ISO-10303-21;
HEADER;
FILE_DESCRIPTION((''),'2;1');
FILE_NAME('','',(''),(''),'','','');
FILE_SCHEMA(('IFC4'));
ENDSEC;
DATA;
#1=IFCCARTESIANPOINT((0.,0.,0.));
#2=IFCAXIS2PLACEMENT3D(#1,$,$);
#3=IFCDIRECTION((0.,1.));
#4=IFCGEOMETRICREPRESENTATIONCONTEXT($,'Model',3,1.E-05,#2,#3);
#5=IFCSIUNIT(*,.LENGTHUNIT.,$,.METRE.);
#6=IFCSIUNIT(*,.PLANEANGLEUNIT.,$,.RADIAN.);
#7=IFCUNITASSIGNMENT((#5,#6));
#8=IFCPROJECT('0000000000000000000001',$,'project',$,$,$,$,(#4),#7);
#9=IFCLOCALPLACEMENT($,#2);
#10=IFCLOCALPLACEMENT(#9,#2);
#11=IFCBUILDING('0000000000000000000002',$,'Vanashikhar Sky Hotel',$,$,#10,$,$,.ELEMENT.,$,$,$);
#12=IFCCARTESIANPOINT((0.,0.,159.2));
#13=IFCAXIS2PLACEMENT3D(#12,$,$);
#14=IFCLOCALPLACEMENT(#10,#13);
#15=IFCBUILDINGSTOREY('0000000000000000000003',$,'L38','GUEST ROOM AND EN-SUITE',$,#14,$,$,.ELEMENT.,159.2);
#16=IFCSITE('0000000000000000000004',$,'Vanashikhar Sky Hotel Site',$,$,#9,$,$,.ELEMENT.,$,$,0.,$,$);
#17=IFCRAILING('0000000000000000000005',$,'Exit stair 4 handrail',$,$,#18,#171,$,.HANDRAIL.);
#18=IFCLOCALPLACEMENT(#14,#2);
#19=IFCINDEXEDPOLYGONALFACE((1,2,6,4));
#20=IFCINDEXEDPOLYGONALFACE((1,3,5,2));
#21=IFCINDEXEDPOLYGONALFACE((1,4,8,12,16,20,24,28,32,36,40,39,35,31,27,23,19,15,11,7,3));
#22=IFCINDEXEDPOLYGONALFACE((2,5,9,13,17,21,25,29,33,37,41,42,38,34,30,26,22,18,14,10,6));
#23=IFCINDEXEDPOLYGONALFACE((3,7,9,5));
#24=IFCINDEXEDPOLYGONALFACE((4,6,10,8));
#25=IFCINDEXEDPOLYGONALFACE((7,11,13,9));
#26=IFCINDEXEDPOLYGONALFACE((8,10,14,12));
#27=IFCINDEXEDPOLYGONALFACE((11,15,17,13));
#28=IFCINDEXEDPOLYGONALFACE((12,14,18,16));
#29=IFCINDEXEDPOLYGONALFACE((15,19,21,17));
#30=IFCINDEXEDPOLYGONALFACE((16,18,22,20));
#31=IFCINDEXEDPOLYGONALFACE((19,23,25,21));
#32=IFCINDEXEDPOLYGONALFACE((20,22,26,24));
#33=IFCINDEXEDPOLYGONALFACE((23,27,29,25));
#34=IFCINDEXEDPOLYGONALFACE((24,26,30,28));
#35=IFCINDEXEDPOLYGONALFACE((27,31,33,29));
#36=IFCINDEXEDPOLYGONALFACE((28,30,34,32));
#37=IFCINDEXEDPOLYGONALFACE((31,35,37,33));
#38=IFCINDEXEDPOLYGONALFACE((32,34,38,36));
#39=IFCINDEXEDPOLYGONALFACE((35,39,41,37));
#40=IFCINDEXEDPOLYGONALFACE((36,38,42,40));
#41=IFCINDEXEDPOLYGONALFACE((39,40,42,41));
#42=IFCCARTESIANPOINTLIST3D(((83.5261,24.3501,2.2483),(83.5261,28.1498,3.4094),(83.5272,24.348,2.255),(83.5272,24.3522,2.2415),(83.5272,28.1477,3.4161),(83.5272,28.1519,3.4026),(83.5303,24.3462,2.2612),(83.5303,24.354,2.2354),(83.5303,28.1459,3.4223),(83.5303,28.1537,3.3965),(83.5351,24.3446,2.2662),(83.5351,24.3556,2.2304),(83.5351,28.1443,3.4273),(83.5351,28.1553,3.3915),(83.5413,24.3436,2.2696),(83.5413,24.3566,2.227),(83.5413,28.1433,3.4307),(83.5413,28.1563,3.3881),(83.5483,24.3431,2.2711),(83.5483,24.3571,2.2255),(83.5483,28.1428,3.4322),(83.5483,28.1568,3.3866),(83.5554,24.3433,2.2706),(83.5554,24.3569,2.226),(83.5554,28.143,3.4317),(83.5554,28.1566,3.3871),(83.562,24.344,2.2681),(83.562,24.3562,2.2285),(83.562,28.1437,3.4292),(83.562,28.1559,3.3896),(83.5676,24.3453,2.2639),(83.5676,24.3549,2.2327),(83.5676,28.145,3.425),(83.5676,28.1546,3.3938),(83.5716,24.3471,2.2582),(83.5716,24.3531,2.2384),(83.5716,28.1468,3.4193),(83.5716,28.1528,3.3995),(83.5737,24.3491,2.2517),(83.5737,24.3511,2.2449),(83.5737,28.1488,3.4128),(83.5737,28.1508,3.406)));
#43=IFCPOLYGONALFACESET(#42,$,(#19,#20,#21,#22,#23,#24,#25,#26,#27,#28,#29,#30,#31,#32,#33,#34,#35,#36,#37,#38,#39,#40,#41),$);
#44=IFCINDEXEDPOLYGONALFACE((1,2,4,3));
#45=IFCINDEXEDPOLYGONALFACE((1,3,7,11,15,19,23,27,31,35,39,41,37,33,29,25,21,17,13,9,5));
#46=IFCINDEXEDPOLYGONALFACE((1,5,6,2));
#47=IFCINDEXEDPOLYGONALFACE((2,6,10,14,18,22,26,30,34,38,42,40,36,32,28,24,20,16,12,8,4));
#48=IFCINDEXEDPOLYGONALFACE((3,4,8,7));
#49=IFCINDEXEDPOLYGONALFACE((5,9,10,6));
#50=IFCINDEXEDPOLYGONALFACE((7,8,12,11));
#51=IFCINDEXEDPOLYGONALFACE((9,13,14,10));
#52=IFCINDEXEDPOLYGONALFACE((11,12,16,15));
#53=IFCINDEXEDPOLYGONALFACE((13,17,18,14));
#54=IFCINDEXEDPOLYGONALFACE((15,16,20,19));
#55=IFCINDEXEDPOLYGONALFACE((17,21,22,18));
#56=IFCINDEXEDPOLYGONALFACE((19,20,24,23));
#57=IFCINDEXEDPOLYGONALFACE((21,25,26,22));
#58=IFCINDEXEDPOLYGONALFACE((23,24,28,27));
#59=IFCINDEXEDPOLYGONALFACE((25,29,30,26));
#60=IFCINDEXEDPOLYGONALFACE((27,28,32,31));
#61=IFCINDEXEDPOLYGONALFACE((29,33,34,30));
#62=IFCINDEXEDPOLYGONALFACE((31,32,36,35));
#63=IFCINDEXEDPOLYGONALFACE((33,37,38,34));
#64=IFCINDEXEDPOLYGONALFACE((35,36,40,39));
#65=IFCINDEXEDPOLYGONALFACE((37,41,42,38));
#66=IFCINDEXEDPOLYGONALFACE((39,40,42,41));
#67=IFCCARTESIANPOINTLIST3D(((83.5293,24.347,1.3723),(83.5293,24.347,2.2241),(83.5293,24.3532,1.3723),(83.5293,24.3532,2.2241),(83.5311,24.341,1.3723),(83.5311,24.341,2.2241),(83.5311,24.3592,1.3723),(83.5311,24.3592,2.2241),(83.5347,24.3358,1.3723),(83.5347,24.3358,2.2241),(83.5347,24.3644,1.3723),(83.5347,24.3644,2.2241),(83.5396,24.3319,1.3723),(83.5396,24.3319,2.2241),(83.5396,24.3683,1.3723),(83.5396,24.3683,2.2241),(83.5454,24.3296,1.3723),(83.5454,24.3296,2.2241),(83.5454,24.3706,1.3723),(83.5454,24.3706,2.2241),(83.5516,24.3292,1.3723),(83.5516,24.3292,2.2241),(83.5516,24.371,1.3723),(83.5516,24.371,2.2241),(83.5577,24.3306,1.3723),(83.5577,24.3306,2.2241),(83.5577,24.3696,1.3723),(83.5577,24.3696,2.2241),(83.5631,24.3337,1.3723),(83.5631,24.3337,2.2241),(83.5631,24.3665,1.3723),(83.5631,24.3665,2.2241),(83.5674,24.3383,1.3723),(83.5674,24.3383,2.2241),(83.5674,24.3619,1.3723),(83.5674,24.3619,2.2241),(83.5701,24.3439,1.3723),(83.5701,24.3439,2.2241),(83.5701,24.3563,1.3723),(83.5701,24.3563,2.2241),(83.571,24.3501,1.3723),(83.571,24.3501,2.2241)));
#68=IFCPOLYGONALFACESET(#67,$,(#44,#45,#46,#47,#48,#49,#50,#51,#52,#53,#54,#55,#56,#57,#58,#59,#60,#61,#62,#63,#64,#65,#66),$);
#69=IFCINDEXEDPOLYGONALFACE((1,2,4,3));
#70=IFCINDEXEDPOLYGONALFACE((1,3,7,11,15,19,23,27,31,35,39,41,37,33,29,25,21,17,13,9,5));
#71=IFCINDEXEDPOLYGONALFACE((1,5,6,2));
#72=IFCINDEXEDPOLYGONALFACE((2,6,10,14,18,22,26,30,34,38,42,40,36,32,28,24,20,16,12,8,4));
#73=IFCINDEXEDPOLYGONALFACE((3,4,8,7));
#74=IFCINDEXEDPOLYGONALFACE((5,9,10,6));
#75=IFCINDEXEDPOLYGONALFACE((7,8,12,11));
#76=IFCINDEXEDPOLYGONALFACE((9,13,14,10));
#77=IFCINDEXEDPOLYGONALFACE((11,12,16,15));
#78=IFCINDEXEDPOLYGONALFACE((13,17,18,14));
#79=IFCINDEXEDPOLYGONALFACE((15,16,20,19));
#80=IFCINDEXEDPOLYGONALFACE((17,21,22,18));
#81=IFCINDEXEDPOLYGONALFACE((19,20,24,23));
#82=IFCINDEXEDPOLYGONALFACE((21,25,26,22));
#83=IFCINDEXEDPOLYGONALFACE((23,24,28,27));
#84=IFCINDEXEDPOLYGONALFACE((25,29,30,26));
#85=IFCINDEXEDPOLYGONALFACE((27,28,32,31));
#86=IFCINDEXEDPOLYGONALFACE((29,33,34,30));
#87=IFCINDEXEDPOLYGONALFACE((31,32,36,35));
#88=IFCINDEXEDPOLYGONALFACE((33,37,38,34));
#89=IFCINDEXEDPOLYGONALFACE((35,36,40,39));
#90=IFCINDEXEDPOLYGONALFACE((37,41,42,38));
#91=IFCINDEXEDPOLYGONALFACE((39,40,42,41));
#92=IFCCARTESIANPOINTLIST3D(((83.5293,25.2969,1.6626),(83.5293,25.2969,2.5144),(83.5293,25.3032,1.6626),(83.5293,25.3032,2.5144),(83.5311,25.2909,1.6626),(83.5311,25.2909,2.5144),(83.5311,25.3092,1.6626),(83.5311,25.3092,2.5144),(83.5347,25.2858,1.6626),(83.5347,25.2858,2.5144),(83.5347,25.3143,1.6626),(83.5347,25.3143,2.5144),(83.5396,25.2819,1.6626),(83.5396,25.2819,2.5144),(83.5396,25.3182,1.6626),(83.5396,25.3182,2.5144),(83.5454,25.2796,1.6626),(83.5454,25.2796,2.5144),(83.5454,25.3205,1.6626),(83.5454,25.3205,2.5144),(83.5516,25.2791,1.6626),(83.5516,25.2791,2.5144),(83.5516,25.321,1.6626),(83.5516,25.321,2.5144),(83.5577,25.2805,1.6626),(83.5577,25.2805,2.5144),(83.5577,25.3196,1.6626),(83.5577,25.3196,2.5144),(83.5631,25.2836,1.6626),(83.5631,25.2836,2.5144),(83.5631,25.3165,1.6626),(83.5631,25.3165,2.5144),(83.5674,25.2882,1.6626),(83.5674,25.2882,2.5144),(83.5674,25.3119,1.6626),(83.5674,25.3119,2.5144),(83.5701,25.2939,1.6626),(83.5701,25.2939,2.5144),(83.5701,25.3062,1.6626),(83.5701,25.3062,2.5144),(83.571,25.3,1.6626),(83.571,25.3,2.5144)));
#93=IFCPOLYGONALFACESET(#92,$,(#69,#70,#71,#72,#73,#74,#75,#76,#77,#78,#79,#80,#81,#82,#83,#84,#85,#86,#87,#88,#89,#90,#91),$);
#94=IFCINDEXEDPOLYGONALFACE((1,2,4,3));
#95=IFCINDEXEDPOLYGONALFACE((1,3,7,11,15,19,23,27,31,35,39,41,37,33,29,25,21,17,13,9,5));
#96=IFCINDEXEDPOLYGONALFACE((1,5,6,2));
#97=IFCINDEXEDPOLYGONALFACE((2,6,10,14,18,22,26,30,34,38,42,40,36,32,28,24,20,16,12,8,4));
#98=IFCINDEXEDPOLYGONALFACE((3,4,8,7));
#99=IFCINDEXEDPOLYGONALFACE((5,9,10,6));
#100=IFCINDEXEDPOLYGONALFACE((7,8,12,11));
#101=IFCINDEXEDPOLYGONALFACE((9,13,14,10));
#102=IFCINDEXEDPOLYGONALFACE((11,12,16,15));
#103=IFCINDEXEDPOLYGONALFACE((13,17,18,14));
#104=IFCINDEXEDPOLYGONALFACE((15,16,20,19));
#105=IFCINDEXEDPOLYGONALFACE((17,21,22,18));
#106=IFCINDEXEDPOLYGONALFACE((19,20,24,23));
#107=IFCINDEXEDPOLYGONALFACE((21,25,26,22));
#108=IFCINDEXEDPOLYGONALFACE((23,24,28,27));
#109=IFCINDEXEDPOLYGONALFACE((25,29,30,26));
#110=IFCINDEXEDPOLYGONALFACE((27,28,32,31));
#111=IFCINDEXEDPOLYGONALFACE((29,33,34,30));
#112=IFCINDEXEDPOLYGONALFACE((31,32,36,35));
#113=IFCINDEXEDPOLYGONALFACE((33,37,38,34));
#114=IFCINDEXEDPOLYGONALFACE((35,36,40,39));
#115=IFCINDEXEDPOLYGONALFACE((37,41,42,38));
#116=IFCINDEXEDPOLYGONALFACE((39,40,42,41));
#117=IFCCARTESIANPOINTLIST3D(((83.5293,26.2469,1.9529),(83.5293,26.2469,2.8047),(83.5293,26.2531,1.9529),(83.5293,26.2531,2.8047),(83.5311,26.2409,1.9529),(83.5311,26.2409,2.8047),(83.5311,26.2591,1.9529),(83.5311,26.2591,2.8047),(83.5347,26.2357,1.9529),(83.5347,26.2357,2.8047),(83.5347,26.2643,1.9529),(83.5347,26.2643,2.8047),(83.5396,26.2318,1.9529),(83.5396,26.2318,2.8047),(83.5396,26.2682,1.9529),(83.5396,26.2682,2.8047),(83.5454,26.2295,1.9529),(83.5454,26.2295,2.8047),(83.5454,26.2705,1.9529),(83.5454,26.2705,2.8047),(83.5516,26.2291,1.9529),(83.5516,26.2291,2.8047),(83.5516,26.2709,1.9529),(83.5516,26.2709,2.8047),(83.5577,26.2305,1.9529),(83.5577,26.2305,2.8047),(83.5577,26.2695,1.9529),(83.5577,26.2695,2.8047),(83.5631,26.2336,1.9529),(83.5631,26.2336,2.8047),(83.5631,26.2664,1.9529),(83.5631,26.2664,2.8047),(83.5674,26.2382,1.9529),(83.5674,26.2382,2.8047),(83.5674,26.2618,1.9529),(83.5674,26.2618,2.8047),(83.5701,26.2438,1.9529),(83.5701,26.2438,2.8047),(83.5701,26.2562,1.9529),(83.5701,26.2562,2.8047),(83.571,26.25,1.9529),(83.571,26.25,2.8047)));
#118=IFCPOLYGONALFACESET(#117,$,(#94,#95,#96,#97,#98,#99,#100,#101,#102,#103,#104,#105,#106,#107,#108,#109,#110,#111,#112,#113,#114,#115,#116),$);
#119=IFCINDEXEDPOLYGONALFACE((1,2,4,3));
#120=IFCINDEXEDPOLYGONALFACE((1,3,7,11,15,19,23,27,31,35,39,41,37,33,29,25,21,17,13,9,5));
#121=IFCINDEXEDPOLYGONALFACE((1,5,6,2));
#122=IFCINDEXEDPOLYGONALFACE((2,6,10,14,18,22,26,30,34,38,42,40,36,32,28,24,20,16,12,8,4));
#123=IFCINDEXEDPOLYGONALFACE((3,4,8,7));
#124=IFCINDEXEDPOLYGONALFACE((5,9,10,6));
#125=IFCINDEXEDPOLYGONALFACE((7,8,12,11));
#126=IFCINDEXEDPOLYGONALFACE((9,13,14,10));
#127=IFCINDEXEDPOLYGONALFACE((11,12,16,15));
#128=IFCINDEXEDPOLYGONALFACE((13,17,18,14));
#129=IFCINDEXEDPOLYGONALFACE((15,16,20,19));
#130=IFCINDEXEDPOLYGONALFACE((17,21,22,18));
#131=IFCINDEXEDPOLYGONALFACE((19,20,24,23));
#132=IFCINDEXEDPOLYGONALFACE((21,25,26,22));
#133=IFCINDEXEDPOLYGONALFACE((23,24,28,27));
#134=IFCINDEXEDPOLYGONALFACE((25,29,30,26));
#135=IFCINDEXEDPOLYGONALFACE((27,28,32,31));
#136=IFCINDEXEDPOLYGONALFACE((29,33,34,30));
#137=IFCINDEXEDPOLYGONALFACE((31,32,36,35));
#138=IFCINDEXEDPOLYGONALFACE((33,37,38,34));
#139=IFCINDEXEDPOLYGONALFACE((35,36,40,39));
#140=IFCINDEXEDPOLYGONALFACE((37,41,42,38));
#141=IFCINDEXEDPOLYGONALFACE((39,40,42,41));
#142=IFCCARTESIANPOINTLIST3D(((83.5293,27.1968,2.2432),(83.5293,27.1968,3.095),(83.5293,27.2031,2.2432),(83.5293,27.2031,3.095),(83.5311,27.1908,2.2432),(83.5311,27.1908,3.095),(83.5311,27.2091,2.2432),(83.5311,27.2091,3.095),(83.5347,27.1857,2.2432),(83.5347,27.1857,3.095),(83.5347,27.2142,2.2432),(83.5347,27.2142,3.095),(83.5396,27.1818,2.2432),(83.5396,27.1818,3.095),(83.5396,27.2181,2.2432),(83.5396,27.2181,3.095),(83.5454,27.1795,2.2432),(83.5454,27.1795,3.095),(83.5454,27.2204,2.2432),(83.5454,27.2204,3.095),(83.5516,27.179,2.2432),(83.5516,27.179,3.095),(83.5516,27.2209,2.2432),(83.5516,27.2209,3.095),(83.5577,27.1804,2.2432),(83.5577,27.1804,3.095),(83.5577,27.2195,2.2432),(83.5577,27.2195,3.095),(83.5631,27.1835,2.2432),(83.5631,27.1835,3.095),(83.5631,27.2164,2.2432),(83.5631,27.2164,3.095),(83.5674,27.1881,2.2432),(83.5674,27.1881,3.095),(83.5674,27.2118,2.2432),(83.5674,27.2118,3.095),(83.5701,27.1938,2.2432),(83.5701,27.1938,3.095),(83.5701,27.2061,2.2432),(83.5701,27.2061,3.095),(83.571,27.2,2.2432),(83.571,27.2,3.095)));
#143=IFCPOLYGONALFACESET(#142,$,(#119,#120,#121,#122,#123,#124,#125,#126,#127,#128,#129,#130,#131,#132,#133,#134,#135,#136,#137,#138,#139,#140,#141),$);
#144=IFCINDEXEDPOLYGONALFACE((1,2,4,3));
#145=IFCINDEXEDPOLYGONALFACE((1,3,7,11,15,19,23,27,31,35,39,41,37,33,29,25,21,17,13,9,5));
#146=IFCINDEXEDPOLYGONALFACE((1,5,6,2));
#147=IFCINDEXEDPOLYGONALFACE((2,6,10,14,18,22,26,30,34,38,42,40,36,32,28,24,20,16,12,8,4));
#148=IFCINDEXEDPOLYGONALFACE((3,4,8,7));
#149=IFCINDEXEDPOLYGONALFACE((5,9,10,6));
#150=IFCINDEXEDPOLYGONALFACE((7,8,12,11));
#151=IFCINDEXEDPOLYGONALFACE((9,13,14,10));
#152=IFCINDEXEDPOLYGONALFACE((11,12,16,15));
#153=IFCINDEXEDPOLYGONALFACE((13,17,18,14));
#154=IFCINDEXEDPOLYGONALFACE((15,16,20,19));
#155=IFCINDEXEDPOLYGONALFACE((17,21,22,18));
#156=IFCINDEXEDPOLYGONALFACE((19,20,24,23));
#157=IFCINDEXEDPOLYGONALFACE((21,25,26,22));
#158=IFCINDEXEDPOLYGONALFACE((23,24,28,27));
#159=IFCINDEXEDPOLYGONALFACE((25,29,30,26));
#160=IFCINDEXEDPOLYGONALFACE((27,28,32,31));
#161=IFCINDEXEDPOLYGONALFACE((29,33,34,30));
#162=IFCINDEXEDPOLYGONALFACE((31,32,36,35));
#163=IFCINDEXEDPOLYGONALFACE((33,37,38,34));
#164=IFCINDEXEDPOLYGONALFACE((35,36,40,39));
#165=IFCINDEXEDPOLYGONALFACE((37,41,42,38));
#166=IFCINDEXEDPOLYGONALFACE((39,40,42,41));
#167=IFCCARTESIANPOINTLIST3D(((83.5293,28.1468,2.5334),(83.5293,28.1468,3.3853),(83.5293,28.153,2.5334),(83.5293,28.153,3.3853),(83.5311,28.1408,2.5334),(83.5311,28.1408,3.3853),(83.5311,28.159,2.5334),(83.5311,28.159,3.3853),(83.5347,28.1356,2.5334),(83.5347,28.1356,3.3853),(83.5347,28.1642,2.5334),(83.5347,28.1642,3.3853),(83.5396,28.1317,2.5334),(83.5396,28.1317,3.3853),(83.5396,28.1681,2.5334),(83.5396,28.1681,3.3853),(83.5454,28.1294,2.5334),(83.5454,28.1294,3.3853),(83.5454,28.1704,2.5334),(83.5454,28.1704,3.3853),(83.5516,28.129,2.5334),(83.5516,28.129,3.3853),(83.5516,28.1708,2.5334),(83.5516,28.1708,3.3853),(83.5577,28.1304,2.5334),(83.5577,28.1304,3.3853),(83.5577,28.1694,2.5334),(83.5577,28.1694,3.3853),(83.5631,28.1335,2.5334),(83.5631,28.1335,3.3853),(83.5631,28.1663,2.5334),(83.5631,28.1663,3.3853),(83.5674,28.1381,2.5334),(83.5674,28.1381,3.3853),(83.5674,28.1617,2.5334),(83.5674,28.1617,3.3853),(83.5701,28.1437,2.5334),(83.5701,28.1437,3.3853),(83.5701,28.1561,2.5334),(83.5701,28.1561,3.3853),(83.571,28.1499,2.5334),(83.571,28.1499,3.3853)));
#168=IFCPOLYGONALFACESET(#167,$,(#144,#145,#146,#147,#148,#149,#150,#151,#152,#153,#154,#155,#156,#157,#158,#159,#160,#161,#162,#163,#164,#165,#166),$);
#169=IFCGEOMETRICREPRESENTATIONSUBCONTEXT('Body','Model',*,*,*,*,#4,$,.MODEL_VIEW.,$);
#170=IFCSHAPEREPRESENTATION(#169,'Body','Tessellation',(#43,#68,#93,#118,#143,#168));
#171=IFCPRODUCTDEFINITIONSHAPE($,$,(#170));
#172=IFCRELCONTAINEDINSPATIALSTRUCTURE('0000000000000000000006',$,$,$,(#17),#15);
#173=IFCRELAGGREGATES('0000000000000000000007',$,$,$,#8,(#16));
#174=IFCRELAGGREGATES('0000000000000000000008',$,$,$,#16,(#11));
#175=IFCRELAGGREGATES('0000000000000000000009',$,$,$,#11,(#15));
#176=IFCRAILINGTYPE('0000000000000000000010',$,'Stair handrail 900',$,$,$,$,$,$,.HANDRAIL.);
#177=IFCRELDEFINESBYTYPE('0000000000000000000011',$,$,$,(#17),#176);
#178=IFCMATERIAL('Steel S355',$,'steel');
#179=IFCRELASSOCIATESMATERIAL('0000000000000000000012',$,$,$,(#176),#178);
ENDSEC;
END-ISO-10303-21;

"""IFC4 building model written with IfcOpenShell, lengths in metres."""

from ifc_helpers import new_model, si_unit, direction, frame, origin, origin_2d, place, context, subcontext, project, spatial, circle, extrude, source, transform, mapped, material, type_object, element, save


model = new_model("IFC4")

# Units and contexts
model_context = context("Model", 3, precision=1e-05, world=origin(), true_north=direction((0.0, 1.0)))
body_context = subcontext(model_context, "Body", "Model", "MODEL_VIEW")
ifc_project = project(units=[si_unit("LENGTHUNIT", "METRE"), si_unit("PLANEANGLEUNIT", "RADIAN")], contexts=[model_context])

# Site, building, storey
site_placement = place(None, origin())
site = spatial("IfcSite", under=ifc_project, at=site_placement, Name="Vanashikhar Sky Hotel Site", CompositionType="ELEMENT", RefElevation=0.0)
building_placement = place(site_placement, origin())
building = spatial("IfcBuilding", under=site, at=building_placement, Name="Vanashikhar Sky Hotel", CompositionType="ELEMENT")
storey_placement = place(building_placement, frame((0.0, 0.0, 159.2)))
storey = spatial("IfcBuildingStorey", under=building, at=storey_placement, Name="L38", Description="GUEST ROOM AND EN-SUITE", CompositionType="ELEMENT", Elevation=159.2)

# Railing
ifc_material_1 = material(Name="Steel S355", Category="steel")
railing_type_1 = type_object("IfcRailingType", Name="Stair handrail 900", PredefinedType="HANDRAIL", material=ifc_material_1)
shared_shape_1 = source(origin(), body_context, "Body", "SweptSolid", [
    extrude(circle(Radius=0.0239, at=origin_2d()), frame((0.0, 0.0, 0.876), z_axis=(0.0, 0.956346, 0.292237), x_axis=(-1.0, 0.0, 0.0)), (0.0, 0.0, 1.0), 3.9731),
    extrude(circle(Radius=0.021, at=origin_2d()), origin(), (0.0, 0.0, 1.0), 0.8518),
    extrude(circle(Radius=0.021, at=origin_2d()), frame((0.0, 0.95, 0.2903)), (0.0, 0.0, 1.0), 0.8518),
    extrude(circle(Radius=0.021, at=origin_2d()), frame((0.0, 1.8999, 0.5806)), (0.0, 0.0, 1.0), 0.8518),
    extrude(circle(Radius=0.021, at=origin_2d()), frame((0.0, 2.8499, 0.8708)), (0.0, 0.0, 1.0), 0.8518),
    extrude(circle(Radius=0.021, at=origin_2d()), frame((0.0, 3.7998, 1.1611)), (0.0, 0.0, 1.0), 0.8518),
])
railing_1_placement = place(storey_placement, frame((83.55, 24.3501, 1.3723)))
element("IfcRailing", 1, at=railing_1_placement, inside=storey, type_object=railing_type_1, Name="Exit stair 4 handrail", PredefinedType="HANDRAIL", context=body_context, shape_type="MappedRepresentation", body=[
    mapped(shared_shape_1, transform((0.0, 0.0, 0.0), scale=1.0)),
])

save(model, "model.ifc")
